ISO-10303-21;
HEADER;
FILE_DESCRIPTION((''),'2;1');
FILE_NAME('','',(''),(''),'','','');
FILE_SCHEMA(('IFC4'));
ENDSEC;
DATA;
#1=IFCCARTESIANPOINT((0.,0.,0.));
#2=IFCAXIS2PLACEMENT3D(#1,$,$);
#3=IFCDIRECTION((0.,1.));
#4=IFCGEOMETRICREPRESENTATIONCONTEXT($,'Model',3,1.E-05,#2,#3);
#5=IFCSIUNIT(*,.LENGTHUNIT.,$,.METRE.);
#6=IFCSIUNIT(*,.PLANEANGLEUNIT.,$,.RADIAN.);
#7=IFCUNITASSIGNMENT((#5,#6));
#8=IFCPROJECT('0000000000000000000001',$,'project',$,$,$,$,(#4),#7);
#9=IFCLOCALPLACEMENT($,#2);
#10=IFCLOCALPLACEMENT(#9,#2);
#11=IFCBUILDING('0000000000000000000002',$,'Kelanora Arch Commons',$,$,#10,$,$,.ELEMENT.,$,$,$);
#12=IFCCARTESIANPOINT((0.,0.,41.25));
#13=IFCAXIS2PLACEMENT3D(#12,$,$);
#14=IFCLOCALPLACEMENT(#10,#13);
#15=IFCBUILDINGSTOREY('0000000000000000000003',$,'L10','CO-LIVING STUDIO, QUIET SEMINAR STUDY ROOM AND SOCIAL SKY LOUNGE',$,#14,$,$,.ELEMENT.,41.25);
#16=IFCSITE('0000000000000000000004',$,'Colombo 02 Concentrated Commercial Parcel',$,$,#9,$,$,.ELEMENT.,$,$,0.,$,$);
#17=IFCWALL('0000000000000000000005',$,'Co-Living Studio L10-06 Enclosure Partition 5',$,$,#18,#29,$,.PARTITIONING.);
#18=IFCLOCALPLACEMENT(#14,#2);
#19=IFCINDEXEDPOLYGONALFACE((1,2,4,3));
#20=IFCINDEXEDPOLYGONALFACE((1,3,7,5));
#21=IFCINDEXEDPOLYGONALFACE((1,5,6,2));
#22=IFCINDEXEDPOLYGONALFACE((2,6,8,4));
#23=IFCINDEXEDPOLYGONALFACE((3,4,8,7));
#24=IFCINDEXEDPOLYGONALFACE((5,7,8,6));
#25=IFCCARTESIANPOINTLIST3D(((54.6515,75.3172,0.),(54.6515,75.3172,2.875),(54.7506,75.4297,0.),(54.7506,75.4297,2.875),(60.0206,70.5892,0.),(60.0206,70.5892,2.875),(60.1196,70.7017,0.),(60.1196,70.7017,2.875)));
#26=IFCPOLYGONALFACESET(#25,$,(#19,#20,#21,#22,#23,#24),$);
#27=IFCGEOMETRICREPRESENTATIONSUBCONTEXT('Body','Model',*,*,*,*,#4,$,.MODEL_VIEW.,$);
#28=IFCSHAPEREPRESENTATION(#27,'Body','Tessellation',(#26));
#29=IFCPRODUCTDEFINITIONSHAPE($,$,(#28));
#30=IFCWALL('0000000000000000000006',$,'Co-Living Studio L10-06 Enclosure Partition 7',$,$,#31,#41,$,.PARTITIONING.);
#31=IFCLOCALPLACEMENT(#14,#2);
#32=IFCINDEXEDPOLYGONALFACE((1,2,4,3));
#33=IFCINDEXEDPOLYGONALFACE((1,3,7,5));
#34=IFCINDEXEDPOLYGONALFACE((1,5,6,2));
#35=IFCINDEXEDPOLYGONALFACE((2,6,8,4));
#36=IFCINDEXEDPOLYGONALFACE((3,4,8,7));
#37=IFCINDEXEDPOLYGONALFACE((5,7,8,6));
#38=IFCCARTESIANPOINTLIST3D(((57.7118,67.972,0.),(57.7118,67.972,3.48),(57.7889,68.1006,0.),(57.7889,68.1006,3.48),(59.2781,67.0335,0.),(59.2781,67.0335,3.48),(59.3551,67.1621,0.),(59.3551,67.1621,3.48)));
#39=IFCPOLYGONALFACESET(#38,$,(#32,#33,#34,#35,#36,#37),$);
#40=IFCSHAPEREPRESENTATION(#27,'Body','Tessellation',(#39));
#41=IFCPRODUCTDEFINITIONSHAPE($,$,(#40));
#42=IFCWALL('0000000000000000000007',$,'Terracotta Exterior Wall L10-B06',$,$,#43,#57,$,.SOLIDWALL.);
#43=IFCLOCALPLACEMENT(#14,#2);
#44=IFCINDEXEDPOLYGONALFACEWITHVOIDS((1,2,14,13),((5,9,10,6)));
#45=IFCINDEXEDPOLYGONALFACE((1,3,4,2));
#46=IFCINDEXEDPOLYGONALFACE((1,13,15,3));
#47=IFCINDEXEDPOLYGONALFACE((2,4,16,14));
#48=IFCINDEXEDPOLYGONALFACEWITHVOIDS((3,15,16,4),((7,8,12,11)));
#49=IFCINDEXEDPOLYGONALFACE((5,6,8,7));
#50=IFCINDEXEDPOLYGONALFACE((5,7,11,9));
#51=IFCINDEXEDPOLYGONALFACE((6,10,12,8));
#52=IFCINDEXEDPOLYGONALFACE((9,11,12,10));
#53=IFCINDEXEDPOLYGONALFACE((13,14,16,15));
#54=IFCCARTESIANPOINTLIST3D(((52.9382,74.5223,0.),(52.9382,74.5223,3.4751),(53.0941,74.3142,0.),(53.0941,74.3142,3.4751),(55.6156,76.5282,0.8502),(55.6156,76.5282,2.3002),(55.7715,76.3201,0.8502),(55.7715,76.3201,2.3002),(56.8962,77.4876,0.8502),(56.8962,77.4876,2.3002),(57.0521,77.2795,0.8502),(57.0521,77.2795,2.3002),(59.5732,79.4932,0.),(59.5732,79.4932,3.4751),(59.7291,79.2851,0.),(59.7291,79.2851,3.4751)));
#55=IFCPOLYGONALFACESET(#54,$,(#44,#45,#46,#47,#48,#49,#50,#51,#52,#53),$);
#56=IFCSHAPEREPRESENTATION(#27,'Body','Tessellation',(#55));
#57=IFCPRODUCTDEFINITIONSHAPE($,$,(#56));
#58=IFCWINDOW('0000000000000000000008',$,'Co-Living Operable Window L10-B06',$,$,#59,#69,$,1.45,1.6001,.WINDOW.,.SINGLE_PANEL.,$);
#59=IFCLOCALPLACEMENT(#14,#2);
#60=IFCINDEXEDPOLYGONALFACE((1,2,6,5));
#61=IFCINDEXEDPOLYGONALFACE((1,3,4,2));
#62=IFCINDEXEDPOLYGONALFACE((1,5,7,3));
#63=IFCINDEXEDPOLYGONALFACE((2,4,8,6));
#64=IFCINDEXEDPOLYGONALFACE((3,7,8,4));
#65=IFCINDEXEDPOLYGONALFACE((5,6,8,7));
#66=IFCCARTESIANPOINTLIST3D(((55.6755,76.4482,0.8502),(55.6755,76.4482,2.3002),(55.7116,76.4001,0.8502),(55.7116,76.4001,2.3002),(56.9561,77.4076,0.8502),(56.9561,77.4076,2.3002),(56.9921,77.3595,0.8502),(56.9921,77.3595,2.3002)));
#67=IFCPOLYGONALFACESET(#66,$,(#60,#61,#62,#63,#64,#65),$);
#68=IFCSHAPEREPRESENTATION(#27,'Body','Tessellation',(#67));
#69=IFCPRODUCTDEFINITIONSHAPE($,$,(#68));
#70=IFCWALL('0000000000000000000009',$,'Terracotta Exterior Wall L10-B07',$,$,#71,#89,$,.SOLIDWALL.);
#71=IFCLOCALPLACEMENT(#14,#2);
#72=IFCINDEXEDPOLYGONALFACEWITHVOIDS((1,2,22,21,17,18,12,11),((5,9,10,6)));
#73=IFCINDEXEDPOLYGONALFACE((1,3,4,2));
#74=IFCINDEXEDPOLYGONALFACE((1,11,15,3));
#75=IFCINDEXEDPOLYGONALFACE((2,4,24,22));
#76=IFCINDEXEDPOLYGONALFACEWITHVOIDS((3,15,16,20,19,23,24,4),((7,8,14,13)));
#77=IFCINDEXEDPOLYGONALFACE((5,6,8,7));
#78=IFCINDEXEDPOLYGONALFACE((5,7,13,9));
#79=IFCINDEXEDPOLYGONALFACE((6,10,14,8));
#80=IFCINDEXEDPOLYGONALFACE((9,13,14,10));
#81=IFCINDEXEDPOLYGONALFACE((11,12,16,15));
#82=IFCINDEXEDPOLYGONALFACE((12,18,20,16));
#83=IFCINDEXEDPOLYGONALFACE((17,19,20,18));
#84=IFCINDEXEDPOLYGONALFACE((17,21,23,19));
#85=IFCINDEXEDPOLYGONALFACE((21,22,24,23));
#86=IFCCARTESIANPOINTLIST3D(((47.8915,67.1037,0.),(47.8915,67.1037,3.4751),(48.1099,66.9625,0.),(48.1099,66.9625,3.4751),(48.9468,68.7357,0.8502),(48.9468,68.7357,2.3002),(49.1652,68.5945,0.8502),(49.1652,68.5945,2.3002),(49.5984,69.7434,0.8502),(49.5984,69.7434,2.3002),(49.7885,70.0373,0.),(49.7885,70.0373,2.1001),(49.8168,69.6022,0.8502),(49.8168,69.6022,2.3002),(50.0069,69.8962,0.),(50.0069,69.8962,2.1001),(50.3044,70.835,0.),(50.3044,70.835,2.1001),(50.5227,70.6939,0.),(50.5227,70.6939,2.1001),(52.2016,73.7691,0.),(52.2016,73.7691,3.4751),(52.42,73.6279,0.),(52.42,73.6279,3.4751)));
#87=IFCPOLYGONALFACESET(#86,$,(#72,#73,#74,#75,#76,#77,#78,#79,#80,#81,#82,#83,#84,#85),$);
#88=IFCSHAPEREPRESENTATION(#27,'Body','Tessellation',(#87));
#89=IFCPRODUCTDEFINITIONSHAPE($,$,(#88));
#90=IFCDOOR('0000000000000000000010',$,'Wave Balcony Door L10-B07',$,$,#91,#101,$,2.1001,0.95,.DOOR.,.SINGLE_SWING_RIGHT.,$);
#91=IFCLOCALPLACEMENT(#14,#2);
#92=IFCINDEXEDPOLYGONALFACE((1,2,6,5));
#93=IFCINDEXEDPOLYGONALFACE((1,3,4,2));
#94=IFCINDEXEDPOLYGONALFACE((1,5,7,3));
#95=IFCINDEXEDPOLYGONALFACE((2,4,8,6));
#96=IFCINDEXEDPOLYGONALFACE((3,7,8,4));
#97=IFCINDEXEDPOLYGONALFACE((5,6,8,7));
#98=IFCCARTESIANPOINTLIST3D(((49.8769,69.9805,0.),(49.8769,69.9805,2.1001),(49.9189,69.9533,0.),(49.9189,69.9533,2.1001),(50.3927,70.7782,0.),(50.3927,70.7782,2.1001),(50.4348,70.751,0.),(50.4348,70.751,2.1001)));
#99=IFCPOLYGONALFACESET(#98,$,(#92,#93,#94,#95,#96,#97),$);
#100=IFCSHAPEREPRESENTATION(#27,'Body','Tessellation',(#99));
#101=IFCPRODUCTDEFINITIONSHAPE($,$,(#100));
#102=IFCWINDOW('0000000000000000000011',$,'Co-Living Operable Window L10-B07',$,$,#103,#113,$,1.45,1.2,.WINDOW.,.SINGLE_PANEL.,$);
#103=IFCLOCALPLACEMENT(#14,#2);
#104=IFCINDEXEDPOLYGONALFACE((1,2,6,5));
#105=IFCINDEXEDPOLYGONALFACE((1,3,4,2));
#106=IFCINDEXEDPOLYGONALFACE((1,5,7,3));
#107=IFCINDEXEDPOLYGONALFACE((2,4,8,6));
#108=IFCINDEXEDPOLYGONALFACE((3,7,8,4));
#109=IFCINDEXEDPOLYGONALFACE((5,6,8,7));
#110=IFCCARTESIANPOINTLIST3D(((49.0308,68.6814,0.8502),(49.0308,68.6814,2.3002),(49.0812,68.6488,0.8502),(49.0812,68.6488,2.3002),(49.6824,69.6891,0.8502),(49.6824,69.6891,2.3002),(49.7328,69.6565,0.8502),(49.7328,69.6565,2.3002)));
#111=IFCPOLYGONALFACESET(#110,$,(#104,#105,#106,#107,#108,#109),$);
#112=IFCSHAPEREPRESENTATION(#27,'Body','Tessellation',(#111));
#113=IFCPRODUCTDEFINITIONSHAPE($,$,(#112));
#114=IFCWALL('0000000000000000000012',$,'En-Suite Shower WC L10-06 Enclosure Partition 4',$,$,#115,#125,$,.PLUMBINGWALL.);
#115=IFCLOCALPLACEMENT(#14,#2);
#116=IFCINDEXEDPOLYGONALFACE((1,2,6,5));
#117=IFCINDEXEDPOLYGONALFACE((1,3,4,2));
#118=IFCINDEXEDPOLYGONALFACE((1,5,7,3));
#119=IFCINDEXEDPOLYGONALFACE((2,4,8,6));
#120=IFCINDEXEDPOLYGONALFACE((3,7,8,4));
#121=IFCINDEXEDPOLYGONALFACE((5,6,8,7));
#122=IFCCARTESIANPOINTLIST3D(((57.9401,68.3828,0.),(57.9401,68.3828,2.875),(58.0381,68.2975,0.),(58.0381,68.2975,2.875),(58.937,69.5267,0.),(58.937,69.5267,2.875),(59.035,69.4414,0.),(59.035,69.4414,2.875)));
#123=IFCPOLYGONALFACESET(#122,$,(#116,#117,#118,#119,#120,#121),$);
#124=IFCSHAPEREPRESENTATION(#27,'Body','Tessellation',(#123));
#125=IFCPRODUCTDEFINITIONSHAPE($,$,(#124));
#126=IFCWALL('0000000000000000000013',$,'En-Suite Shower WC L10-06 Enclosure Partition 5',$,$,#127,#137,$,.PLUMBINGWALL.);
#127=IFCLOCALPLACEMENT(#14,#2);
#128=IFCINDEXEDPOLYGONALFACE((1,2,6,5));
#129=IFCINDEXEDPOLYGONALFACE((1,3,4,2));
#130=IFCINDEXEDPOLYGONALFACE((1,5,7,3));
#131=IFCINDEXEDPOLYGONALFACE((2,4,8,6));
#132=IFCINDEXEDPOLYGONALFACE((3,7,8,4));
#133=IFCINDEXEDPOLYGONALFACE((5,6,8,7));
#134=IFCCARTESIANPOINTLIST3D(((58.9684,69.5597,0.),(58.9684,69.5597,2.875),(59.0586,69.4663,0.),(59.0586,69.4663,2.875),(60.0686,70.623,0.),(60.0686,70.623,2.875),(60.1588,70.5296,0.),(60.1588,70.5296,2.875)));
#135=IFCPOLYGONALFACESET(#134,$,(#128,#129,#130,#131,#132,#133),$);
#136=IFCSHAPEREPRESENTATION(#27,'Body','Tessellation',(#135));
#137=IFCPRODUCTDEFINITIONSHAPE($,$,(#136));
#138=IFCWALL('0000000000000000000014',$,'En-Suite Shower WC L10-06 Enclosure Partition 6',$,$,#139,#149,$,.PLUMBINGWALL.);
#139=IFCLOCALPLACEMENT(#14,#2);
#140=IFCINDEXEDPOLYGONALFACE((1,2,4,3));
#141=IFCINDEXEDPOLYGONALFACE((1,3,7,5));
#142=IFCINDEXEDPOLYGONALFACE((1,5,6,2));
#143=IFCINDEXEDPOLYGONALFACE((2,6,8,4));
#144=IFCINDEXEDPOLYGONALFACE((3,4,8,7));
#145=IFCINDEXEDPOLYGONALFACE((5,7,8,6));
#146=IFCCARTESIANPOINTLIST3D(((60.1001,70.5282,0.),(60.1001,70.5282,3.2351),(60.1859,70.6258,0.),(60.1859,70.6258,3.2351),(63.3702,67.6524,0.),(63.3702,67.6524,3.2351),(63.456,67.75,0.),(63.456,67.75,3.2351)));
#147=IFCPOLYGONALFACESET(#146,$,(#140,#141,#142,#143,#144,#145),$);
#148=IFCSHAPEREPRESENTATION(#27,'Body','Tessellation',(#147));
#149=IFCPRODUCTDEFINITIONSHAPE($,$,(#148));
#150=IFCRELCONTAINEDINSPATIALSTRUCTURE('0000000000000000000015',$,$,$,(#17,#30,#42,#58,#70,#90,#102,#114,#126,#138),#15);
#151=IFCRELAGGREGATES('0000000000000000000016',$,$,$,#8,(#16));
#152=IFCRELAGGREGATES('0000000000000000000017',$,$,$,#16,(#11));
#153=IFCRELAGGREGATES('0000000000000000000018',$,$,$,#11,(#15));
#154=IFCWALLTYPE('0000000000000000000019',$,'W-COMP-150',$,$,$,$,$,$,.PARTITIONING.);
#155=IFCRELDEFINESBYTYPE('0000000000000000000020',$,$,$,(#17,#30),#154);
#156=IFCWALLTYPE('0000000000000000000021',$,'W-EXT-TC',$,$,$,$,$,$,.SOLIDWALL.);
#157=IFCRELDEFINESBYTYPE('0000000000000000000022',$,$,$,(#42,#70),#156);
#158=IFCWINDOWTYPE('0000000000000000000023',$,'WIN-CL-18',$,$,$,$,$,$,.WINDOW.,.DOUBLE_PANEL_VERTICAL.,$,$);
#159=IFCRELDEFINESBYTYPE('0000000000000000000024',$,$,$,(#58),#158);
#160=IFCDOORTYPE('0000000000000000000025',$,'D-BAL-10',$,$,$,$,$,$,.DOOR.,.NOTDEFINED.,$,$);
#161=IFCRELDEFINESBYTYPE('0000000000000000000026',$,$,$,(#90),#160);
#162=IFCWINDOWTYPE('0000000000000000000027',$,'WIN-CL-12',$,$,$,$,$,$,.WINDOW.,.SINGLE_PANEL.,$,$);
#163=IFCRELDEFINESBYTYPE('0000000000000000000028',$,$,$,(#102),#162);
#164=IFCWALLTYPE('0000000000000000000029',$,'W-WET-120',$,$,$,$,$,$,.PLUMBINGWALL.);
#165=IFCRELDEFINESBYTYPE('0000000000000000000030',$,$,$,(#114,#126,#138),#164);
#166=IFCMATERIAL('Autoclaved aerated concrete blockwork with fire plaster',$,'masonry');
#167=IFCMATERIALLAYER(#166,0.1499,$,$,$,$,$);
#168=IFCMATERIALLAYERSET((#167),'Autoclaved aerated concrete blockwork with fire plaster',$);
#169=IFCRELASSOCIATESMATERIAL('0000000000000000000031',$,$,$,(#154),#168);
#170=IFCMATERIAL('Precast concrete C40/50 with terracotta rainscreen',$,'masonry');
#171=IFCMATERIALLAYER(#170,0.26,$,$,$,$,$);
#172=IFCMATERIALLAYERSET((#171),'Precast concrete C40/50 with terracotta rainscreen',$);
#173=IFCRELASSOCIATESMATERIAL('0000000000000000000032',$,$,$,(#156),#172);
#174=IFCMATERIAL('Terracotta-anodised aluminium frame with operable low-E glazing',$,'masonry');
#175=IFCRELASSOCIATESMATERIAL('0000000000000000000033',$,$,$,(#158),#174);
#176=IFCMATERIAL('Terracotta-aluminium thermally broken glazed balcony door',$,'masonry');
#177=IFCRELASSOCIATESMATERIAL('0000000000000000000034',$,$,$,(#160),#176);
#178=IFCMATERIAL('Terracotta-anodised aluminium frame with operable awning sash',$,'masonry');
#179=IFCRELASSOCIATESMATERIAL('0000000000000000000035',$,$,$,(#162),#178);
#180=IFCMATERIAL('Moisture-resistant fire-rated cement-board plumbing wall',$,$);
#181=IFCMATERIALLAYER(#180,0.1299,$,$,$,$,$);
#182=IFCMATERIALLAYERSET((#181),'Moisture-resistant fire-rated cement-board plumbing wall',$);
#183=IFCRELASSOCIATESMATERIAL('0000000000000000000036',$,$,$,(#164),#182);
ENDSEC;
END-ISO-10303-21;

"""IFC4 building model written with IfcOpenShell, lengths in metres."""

from ifc_helpers import new_model, si_unit, direction, frame, frame_2d, origin, place, context, subcontext, project, spatial, rectangle, extrude, material, layer, layer_set, type_object, element, fill, save


model = new_model("IFC4")

# Units and contexts
model_context = context("Model", 3, precision=1e-05, world=origin(), true_north=direction((0.0, 1.0)))
body_context = subcontext(model_context, "Body", "Model", "MODEL_VIEW")
ifc_project = project(units=[si_unit("LENGTHUNIT", "METRE"), si_unit("PLANEANGLEUNIT", "RADIAN")], contexts=[model_context])

# Site, building, storey
site_placement = place(None, origin())
site = spatial("IfcSite", under=ifc_project, at=site_placement, Name="Colombo 02 Concentrated Commercial Parcel", CompositionType="ELEMENT", RefElevation=0.0)
building_placement = place(site_placement, origin())
building = spatial("IfcBuilding", under=site, at=building_placement, Name="Kelanora Arch Commons", CompositionType="ELEMENT")
storey_placement = place(building_placement, frame((0.0, 0.0, 41.25)))
storey = spatial("IfcBuildingStorey", under=building, at=storey_placement, Name="L10", Description="CO-LIVING STUDIO, QUIET SEMINAR STUDY ROOM AND SOCIAL SKY LOUNGE", CompositionType="ELEMENT", Elevation=41.25)

# Walls
ifc_material_1 = material(Name="Autoclaved aerated concrete blockwork with fire plaster", Category="masonry")
ifc_layer_1 = layer(ifc_material_1, 0.1499)
ifc_layer_set_1 = layer_set([ifc_layer_1], Name="Autoclaved aerated concrete blockwork with fire plaster")
wall_type_1 = type_object("IfcWallType", Name="W-COMP-150", PredefinedType="PARTITIONING", material=ifc_layer_set_1)
wall_1_placement = place(storey_placement, frame((54.7009, 75.3735, 0.0), z_axis=(0.0, 0.0, 1.0), x_axis=(0.750493, -0.660879, 0.0)))
element("IfcWall", 1, at=wall_1_placement, inside=storey, type_object=wall_type_1, Name="Co-Living Studio L10-06 Enclosure Partition 5", PredefinedType="PARTITIONING", context=body_context, shape_type="SweptSolid", body=[
    extrude(rectangle(XDim=7.1541, YDim=0.1499, at=frame_2d((3.5771, 0.0))), origin(), (0.0, 0.0, 1.0), 2.875),
])
wall_2_placement = place(storey_placement, frame((57.7502, 68.0364, 0.0), z_axis=(0.0, 0.0, 1.0), x_axis=(0.857788, -0.514004, 0.0)))
element("IfcWall", 2, at=wall_2_placement, inside=storey, type_object=wall_type_1, Name="Co-Living Studio L10-06 Enclosure Partition 7", PredefinedType="PARTITIONING", context=body_context, shape_type="SweptSolid", body=[
    extrude(rectangle(XDim=1.8259, YDim=0.1499, at=frame_2d((0.9131, 0.0))), origin(), (0.0, 0.0, 1.0), 3.48),
])

# Wall, opening, window
ifc_material_2 = material(Name="Precast concrete C40/50 with terracotta rainscreen", Category="masonry")
ifc_layer_2 = layer(ifc_material_2, 0.26)
ifc_layer_set_2 = layer_set([ifc_layer_2], Name="Precast concrete C40/50 with terracotta rainscreen")
wall_type_2 = type_object("IfcWallType", Name="W-EXT-TC", PredefinedType="SOLIDWALL", material=ifc_layer_set_2)
wall_3_placement = place(storey_placement, frame((59.6511, 79.3892, 0.0), z_axis=(0.0, 0.0, 1.0), x_axis=(-0.800307, -0.59959, 0.0)))
wall_3 = element("IfcWall", 3, at=wall_3_placement, inside=storey, type_object=wall_type_2, Name="Terracotta Exterior Wall L10-B06", PredefinedType="SOLIDWALL", context=body_context, shape_type="SweptSolid", body=[
    extrude(rectangle(XDim=8.2905, YDim=0.26, at=frame_2d((4.1453, 0.0))), origin(), (0.0, 0.0, 1.0), 3.4751),
])
opening_1_placement = place(wall_3_placement, frame((3.345, 0.0, 0.8501)))
opening_1 = element("IfcOpeningElement", 4, at=opening_1_placement, cuts=wall_3, PredefinedType="OPENING", context=body_context, shape_type="SweptSolid", body=[
    extrude(rectangle(XDim=1.6001, YDim=1.45, at=frame_2d((0.8, 0.7251))), frame((0.0, 0.1401, 0.0), z_axis=(0.0, -1.0, 0.0), x_axis=(1.0, 0.0, 0.0)), (0.0, 0.0, 1.0), 0.28),
])
ifc_material_3 = material(Name="Terracotta-anodised aluminium frame with operable low-E glazing", Category="masonry")
window_type_1 = type_object("IfcWindowType", Name="WIN-CL-18", PartitioningType="DOUBLE_PANEL_VERTICAL", PredefinedType="WINDOW", material=ifc_material_3)
window_1_placement = place(opening_1_placement, origin())
window_1 = element("IfcWindow", 5, at=window_1_placement, inside=storey, type_object=window_type_1, Name="Co-Living Operable Window L10-B06", OverallHeight=1.45, OverallWidth=1.6001, PartitioningType="SINGLE_PANEL", PredefinedType="WINDOW", context=body_context, shape_type="SweptSolid", body=[
    extrude(rectangle(XDim=1.6001, YDim=1.45, at=frame_2d((0.8, 0.7251))), frame((0.0, 0.03, 0.0), z_axis=(0.0, -1.0, 0.0), x_axis=(1.0, 0.0, 0.0)), (0.0, 0.0, 1.0), 0.0601),
])
fill(opening_1, window_1)

# Wall, openings, door, window
wall_4_placement = place(storey_placement, frame((52.3108, 73.6985, 0.0), z_axis=(0.0, 0.0, 1.0), x_axis=(-0.543005, -0.839729, 0.0)))
wall_4 = element("IfcWall", 6, at=wall_4_placement, inside=storey, type_object=wall_type_2, Name="Terracotta Exterior Wall L10-B07", PredefinedType="SOLIDWALL", context=body_context, shape_type="SweptSolid", body=[
    extrude(rectangle(XDim=7.9375, YDim=0.26, at=frame_2d((3.9688, 0.0))), origin(), (0.0, 0.0, 1.0), 3.4751),
])
opening_2_placement = place(wall_4_placement, frame((3.4939, 0.0, 0.0)))
opening_2 = element("IfcOpeningElement", 7, at=opening_2_placement, cuts=wall_4, PredefinedType="OPENING", context=body_context, shape_type="SweptSolid", body=[
    extrude(rectangle(XDim=0.95, YDim=2.1001, at=frame_2d((0.4751, 1.05))), frame((0.0, 0.1401, 0.0), z_axis=(0.0, -1.0, 0.0), x_axis=(1.0, 0.0, 0.0)), (0.0, 0.0, 1.0), 0.28),
])
opening_3_placement = place(wall_4_placement, frame((4.7939, 0.0, 0.8501)))
opening_3 = element("IfcOpeningElement", 8, at=opening_3_placement, cuts=wall_4, PredefinedType="OPENING", context=body_context, shape_type="SweptSolid", body=[
    extrude(rectangle(XDim=1.2, YDim=1.45, at=frame_2d((0.6001, 0.7251))), frame((0.0, 0.1401, 0.0), z_axis=(0.0, -1.0, 0.0), x_axis=(1.0, 0.0, 0.0)), (0.0, 0.0, 1.0), 0.28),
])
ifc_material_4 = material(Name="Terracotta-aluminium thermally broken glazed balcony door", Category="masonry")
door_type = type_object("IfcDoorType", Name="D-BAL-10", OperationType="NOTDEFINED", PredefinedType="DOOR", material=ifc_material_4)
door_placement = place(opening_2_placement, frame((0.95, 0.0, 0.0), z_axis=(0.0, 0.0, 1.0), x_axis=(-1.0, 0.0, 0.0)))
door = element("IfcDoor", 9, at=door_placement, inside=storey, type_object=door_type, Name="Wave Balcony Door L10-B07", OperationType="SINGLE_SWING_RIGHT", OverallHeight=2.1001, OverallWidth=0.95, PredefinedType="DOOR", context=body_context, shape_type="SweptSolid", body=[
    extrude(rectangle(XDim=0.95, YDim=2.1001, at=frame_2d((0.4751, 1.05))), frame((0.0, 0.0249, 0.0), z_axis=(0.0, -1.0, 0.0), x_axis=(1.0, 0.0, 0.0)), (0.0, 0.0, 1.0), 0.05),
])
fill(opening_2, door)
ifc_material_5 = material(Name="Terracotta-anodised aluminium frame with operable awning sash", Category="masonry")
window_type_2 = type_object("IfcWindowType", Name="WIN-CL-12", PartitioningType="SINGLE_PANEL", PredefinedType="WINDOW", material=ifc_material_5)
window_2_placement = place(opening_3_placement, origin())
window_2 = element("IfcWindow", 10, at=window_2_placement, inside=storey, type_object=window_type_2, Name="Co-Living Operable Window L10-B07", OverallHeight=1.45, OverallWidth=1.2, PartitioningType="SINGLE_PANEL", PredefinedType="WINDOW", context=body_context, shape_type="SweptSolid", body=[
    extrude(rectangle(XDim=1.2, YDim=1.45, at=frame_2d((0.6001, 0.7251))), frame((0.0, 0.03, 0.0), z_axis=(0.0, -1.0, 0.0), x_axis=(1.0, 0.0, 0.0)), (0.0, 0.0, 1.0), 0.0601),
])
fill(opening_3, window_2)

# Walls
ifc_material_6 = material(Name="Moisture-resistant fire-rated cement-board plumbing wall")
ifc_layer_3 = layer(ifc_material_6, 0.1299)
ifc_layer_set_3 = layer_set([ifc_layer_3], Name="Moisture-resistant fire-rated cement-board plumbing wall")
wall_type_3 = type_object("IfcWallType", Name="W-WET-120", PredefinedType="PLUMBINGWALL", material=ifc_layer_set_3)
wall_5_placement = place(storey_placement, frame((57.989, 68.3401, 0.0), z_axis=(0.0, 0.0, 1.0), x_axis=(0.657011, 0.753881, 0.0)))
element("IfcWall", 11, at=wall_5_placement, inside=storey, type_object=wall_type_3, Name="En-Suite Shower WC L10-06 Enclosure Partition 4", PredefinedType="PLUMBINGWALL", context=body_context, shape_type="SweptSolid", body=[
    extrude(rectangle(XDim=1.5173, YDim=0.1299, at=frame_2d((0.7588, 0.0))), origin(), (0.0, 0.0, 1.0), 2.875),
])
wall_6_placement = place(storey_placement, frame((59.0134, 69.5129, 0.0), z_axis=(0.0, 0.0, 1.0), x_axis=(0.719052, 0.694956, 0.0)))
element("IfcWall", 12, at=wall_6_placement, inside=storey, type_object=wall_type_3, Name="En-Suite Shower WC L10-06 Enclosure Partition 5", PredefinedType="PLUMBINGWALL", context=body_context, shape_type="SweptSolid", body=[
    extrude(rectangle(XDim=1.53, YDim=0.1299, at=frame_2d((0.7651, 0.0))), origin(), (0.0, 0.0, 1.0), 2.875),
])
wall_7_placement = place(storey_placement, frame((60.1431, 70.5769, 0.0), z_axis=(0.0, 0.0, 1.0), x_axis=(0.750928, -0.660384, 0.0)))
element("IfcWall", 13, at=wall_7_placement, inside=storey, type_object=wall_type_3, Name="En-Suite Shower WC L10-06 Enclosure Partition 6", PredefinedType="PLUMBINGWALL", context=body_context, shape_type="SweptSolid", body=[
    extrude(rectangle(XDim=4.3547, YDim=0.1299, at=frame_2d((2.1772, 0.0))), origin(), (0.0, 0.0, 1.0), 3.2351),
])

save(model, "model.ifc")
